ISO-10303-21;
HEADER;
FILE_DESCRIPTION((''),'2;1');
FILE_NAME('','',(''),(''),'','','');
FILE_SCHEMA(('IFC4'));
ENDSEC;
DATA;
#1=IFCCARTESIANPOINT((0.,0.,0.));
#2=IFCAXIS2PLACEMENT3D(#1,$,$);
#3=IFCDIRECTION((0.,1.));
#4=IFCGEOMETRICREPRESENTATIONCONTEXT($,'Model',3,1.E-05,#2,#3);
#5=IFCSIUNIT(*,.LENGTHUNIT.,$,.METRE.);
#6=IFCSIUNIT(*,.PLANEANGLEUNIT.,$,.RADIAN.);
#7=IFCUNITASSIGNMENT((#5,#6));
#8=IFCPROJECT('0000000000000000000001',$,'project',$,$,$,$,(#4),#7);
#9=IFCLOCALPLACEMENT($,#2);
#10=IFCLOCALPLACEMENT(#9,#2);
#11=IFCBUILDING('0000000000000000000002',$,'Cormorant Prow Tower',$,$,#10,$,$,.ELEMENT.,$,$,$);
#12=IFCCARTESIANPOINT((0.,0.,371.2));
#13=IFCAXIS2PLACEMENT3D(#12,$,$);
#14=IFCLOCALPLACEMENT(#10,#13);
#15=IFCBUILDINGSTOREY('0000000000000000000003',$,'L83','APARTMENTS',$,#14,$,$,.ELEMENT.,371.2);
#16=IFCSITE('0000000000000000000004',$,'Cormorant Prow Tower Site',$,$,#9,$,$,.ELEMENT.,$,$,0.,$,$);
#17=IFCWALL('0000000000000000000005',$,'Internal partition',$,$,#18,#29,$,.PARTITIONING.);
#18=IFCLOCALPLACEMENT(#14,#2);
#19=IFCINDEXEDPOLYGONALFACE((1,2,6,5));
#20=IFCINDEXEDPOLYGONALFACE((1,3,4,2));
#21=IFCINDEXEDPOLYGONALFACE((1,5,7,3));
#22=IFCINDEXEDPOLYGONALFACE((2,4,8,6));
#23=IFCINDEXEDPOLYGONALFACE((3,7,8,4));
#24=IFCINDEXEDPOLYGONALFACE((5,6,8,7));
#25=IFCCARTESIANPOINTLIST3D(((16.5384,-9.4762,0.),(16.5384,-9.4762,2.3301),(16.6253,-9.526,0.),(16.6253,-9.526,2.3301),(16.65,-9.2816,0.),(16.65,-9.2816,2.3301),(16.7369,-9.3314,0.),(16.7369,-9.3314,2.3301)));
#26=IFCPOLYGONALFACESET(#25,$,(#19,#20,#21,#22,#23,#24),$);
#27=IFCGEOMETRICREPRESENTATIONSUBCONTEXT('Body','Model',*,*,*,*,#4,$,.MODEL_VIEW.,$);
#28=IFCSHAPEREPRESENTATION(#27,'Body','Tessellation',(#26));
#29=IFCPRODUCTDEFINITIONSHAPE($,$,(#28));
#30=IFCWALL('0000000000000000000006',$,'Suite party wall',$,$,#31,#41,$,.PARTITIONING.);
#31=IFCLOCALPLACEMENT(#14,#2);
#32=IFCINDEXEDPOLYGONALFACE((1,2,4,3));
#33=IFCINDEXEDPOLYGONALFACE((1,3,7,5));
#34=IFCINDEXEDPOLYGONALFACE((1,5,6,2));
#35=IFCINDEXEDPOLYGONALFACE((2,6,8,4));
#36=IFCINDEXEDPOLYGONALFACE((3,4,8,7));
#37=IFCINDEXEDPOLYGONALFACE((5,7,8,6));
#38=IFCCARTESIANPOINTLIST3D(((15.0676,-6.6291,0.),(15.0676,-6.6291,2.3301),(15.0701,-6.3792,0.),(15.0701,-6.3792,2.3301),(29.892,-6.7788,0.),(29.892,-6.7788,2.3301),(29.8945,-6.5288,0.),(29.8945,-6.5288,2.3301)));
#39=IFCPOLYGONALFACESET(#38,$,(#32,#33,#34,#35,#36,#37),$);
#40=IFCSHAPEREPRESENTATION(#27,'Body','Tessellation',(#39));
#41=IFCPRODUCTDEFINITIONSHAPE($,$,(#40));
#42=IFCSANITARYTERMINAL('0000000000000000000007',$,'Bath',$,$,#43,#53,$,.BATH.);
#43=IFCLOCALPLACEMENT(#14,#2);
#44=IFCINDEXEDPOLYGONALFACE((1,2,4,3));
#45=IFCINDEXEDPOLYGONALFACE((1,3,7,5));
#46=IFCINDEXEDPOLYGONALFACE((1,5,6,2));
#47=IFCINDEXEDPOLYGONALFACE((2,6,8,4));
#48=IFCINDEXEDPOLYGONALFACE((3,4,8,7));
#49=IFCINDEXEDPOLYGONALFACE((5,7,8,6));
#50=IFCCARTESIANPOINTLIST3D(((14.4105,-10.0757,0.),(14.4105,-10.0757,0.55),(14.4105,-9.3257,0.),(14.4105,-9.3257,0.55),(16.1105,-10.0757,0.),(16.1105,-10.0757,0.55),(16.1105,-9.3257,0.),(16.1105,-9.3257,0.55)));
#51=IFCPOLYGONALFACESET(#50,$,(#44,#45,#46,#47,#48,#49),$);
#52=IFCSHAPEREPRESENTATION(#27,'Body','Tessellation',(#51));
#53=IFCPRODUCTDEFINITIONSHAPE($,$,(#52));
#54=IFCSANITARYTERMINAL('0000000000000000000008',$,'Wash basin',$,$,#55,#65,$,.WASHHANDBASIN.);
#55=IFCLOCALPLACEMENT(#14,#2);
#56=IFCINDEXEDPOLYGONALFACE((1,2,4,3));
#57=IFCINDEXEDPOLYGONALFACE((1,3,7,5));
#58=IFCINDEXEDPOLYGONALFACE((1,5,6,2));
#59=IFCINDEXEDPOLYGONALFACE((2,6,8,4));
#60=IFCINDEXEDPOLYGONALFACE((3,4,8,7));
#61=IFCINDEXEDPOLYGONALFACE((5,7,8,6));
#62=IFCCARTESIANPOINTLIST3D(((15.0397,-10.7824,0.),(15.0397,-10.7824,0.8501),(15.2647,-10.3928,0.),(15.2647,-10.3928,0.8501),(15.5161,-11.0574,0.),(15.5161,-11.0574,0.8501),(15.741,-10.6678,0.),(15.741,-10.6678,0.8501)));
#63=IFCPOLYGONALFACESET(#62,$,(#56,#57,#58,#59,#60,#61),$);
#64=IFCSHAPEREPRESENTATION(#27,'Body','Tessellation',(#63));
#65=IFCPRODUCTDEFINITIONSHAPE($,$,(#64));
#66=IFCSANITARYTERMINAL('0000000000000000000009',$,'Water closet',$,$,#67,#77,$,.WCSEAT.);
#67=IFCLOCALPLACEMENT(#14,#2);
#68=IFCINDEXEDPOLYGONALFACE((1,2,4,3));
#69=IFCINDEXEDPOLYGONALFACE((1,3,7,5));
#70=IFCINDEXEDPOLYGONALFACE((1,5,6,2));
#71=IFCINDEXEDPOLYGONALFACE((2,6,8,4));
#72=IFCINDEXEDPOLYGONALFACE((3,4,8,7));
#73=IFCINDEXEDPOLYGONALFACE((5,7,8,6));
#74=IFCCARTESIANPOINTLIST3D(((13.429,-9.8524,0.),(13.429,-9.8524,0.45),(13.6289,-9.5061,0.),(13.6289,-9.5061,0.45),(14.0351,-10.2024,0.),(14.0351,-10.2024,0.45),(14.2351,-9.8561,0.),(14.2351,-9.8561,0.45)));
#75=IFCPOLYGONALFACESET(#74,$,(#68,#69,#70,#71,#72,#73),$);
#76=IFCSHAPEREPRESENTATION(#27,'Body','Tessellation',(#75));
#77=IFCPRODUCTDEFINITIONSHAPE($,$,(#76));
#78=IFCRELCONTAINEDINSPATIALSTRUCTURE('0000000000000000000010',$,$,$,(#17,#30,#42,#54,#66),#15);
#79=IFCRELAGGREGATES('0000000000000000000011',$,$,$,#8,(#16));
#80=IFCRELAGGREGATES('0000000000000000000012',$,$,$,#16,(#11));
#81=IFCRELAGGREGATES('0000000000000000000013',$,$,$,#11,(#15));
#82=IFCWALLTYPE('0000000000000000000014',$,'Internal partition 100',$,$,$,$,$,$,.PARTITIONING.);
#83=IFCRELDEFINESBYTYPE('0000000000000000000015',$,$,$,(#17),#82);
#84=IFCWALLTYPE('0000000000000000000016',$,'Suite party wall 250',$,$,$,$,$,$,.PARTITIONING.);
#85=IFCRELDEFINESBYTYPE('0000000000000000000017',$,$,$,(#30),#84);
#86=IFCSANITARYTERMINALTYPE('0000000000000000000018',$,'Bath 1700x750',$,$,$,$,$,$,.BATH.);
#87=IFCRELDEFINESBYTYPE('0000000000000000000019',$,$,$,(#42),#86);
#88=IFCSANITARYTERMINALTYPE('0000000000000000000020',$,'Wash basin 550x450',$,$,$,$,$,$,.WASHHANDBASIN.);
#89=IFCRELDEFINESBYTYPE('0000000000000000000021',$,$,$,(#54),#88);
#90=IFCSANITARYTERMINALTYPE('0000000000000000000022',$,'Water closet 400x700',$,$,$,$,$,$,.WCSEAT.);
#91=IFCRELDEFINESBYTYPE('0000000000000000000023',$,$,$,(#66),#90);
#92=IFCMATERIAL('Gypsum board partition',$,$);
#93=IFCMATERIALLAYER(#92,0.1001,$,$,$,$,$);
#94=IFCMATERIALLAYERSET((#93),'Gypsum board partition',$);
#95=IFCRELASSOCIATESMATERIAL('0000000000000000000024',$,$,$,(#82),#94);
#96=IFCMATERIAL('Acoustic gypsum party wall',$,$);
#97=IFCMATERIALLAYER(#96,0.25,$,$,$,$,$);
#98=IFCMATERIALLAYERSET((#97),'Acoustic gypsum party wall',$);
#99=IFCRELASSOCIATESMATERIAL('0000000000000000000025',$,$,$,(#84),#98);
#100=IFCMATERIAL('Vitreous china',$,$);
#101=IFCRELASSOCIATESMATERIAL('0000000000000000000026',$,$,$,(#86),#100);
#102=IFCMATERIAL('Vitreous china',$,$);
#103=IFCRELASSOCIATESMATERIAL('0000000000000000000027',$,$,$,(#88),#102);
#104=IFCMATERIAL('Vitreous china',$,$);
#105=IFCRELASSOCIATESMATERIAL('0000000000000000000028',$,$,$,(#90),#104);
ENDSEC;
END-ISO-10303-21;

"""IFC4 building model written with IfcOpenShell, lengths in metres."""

from ifc_helpers import new_model, si_unit, direction, frame, frame_2d, origin, origin_2d, place, context, subcontext, project, spatial, rectangle, extrude, material, layer, layer_set, type_object, element, save


model = new_model("IFC4")

# Units and contexts
model_context = context("Model", 3, precision=1e-05, world=origin(), true_north=direction((0.0, 1.0)))
body_context = subcontext(model_context, "Body", "Model", "MODEL_VIEW")
ifc_project = project(units=[si_unit("LENGTHUNIT", "METRE"), si_unit("PLANEANGLEUNIT", "RADIAN")], contexts=[model_context])

# Site, building, storey
site_placement = place(None, origin())
site = spatial("IfcSite", under=ifc_project, at=site_placement, Name="Cormorant Prow Tower Site", CompositionType="ELEMENT", RefElevation=0.0)
building_placement = place(site_placement, origin())
building = spatial("IfcBuilding", under=site, at=building_placement, Name="Cormorant Prow Tower", CompositionType="ELEMENT")
storey_placement = place(building_placement, frame((0.0, 0.0, 371.2)))
storey = spatial("IfcBuildingStorey", under=building, at=storey_placement, Name="L83", Description="APARTMENTS", CompositionType="ELEMENT", Elevation=371.2)

# Shared definitions
ifc_material_1 = material(Name="Gypsum board partition")
ifc_layer_1 = layer(ifc_material_1, 0.1001)
ifc_layer_set_1 = layer_set([ifc_layer_1], Name="Gypsum board partition")
wall_type_1 = type_object("IfcWallType", Name="Internal partition 100", PredefinedType="PARTITIONING", material=ifc_layer_set_1)

# Walls
wall_1_placement = place(storey_placement, frame((16.5818, -9.5012, 0.0), z_axis=(0.0, 0.0, 1.0), x_axis=(0.497428, 0.867505, 0.0)))
element("IfcWall", 1, at=wall_1_placement, inside=storey, type_object=wall_type_1, Name="Internal partition", PredefinedType="PARTITIONING", context=body_context, shape_type="SweptSolid", body=[
    extrude(rectangle(XDim=0.2244, YDim=0.1001, at=frame_2d((0.1123, 0.0))), origin(), (0.0, 0.0, 1.0), 2.3301),
])
ifc_material_2 = material(Name="Acoustic gypsum party wall")
ifc_layer_2 = layer(ifc_material_2, 0.25)
ifc_layer_set_2 = layer_set([ifc_layer_2], Name="Acoustic gypsum party wall")
wall_type_2 = type_object("IfcWallType", Name="Suite party wall 250", PredefinedType="PARTITIONING", material=ifc_layer_set_2)
wall_2_placement = place(storey_placement, frame((15.0688, -6.5042, 0.0), z_axis=(0.0, 0.0, 1.0), x_axis=(0.999949, -0.010095, 0.0)))
element("IfcWall", 2, at=wall_2_placement, inside=storey, type_object=wall_type_2, Name="Suite party wall", PredefinedType="PARTITIONING", context=body_context, shape_type="SweptSolid", body=[
    extrude(rectangle(XDim=14.8252, YDim=0.25, at=frame_2d((7.4126, 0.0))), origin(), (0.0, 0.0, 1.0), 2.3301),
])

# Sanitary terminals
ifc_material_3 = material(Name="Vitreous china")
sanitary_terminal_type_1 = type_object("IfcSanitaryTerminalType", Name="Bath 1700x750", PredefinedType="BATH", material=ifc_material_3)
sanitary_terminal_1_placement = place(storey_placement, frame((15.2605, -9.7007, 0.0), z_axis=(0.0, 0.0, 1.0), x_axis=(1.0, 0.0, 0.0)))
element("IfcSanitaryTerminal", 3, at=sanitary_terminal_1_placement, inside=storey, type_object=sanitary_terminal_type_1, Name="Bath", PredefinedType="BATH", context=body_context, shape_type="SweptSolid", body=[
    extrude(rectangle(XDim=1.7, YDim=0.75, at=origin_2d()), origin(), (0.0, 0.0, 1.0), 0.55),
])
ifc_material_4 = material(Name="Vitreous china")
sanitary_terminal_type_2 = type_object("IfcSanitaryTerminalType", Name="Wash basin 550x450", PredefinedType="WASHHANDBASIN", material=ifc_material_4)
sanitary_terminal_2_placement = place(storey_placement, frame((15.3904, -10.7251, 0.0), z_axis=(0.0, 0.0, 1.0), x_axis=(-0.866025, 0.5, 0.0)))
element("IfcSanitaryTerminal", 4, at=sanitary_terminal_2_placement, inside=storey, type_object=sanitary_terminal_type_2, Name="Wash basin", PredefinedType="WASHHANDBASIN", context=body_context, shape_type="SweptSolid", body=[
    extrude(rectangle(XDim=0.55, YDim=0.45, at=origin_2d()), origin(), (0.0, 0.0, 1.0), 0.8501),
])
ifc_material_5 = material(Name="Vitreous china")
sanitary_terminal_type_3 = type_object("IfcSanitaryTerminalType", Name="Water closet 400x700", PredefinedType="WCSEAT", material=ifc_material_5)
sanitary_terminal_3_placement = place(storey_placement, frame((13.832, -9.8542, 0.0), z_axis=(0.0, 0.0, 1.0), x_axis=(0.5, 0.866025, 0.0)))
element("IfcSanitaryTerminal", 5, at=sanitary_terminal_3_placement, inside=storey, type_object=sanitary_terminal_type_3, Name="Water closet", PredefinedType="WCSEAT", context=body_context, shape_type="SweptSolid", body=[
    extrude(rectangle(XDim=0.3999, YDim=0.7, at=origin_2d()), origin(), (0.0, 0.0, 1.0), 0.45),
])

save(model, "model.ifc")
